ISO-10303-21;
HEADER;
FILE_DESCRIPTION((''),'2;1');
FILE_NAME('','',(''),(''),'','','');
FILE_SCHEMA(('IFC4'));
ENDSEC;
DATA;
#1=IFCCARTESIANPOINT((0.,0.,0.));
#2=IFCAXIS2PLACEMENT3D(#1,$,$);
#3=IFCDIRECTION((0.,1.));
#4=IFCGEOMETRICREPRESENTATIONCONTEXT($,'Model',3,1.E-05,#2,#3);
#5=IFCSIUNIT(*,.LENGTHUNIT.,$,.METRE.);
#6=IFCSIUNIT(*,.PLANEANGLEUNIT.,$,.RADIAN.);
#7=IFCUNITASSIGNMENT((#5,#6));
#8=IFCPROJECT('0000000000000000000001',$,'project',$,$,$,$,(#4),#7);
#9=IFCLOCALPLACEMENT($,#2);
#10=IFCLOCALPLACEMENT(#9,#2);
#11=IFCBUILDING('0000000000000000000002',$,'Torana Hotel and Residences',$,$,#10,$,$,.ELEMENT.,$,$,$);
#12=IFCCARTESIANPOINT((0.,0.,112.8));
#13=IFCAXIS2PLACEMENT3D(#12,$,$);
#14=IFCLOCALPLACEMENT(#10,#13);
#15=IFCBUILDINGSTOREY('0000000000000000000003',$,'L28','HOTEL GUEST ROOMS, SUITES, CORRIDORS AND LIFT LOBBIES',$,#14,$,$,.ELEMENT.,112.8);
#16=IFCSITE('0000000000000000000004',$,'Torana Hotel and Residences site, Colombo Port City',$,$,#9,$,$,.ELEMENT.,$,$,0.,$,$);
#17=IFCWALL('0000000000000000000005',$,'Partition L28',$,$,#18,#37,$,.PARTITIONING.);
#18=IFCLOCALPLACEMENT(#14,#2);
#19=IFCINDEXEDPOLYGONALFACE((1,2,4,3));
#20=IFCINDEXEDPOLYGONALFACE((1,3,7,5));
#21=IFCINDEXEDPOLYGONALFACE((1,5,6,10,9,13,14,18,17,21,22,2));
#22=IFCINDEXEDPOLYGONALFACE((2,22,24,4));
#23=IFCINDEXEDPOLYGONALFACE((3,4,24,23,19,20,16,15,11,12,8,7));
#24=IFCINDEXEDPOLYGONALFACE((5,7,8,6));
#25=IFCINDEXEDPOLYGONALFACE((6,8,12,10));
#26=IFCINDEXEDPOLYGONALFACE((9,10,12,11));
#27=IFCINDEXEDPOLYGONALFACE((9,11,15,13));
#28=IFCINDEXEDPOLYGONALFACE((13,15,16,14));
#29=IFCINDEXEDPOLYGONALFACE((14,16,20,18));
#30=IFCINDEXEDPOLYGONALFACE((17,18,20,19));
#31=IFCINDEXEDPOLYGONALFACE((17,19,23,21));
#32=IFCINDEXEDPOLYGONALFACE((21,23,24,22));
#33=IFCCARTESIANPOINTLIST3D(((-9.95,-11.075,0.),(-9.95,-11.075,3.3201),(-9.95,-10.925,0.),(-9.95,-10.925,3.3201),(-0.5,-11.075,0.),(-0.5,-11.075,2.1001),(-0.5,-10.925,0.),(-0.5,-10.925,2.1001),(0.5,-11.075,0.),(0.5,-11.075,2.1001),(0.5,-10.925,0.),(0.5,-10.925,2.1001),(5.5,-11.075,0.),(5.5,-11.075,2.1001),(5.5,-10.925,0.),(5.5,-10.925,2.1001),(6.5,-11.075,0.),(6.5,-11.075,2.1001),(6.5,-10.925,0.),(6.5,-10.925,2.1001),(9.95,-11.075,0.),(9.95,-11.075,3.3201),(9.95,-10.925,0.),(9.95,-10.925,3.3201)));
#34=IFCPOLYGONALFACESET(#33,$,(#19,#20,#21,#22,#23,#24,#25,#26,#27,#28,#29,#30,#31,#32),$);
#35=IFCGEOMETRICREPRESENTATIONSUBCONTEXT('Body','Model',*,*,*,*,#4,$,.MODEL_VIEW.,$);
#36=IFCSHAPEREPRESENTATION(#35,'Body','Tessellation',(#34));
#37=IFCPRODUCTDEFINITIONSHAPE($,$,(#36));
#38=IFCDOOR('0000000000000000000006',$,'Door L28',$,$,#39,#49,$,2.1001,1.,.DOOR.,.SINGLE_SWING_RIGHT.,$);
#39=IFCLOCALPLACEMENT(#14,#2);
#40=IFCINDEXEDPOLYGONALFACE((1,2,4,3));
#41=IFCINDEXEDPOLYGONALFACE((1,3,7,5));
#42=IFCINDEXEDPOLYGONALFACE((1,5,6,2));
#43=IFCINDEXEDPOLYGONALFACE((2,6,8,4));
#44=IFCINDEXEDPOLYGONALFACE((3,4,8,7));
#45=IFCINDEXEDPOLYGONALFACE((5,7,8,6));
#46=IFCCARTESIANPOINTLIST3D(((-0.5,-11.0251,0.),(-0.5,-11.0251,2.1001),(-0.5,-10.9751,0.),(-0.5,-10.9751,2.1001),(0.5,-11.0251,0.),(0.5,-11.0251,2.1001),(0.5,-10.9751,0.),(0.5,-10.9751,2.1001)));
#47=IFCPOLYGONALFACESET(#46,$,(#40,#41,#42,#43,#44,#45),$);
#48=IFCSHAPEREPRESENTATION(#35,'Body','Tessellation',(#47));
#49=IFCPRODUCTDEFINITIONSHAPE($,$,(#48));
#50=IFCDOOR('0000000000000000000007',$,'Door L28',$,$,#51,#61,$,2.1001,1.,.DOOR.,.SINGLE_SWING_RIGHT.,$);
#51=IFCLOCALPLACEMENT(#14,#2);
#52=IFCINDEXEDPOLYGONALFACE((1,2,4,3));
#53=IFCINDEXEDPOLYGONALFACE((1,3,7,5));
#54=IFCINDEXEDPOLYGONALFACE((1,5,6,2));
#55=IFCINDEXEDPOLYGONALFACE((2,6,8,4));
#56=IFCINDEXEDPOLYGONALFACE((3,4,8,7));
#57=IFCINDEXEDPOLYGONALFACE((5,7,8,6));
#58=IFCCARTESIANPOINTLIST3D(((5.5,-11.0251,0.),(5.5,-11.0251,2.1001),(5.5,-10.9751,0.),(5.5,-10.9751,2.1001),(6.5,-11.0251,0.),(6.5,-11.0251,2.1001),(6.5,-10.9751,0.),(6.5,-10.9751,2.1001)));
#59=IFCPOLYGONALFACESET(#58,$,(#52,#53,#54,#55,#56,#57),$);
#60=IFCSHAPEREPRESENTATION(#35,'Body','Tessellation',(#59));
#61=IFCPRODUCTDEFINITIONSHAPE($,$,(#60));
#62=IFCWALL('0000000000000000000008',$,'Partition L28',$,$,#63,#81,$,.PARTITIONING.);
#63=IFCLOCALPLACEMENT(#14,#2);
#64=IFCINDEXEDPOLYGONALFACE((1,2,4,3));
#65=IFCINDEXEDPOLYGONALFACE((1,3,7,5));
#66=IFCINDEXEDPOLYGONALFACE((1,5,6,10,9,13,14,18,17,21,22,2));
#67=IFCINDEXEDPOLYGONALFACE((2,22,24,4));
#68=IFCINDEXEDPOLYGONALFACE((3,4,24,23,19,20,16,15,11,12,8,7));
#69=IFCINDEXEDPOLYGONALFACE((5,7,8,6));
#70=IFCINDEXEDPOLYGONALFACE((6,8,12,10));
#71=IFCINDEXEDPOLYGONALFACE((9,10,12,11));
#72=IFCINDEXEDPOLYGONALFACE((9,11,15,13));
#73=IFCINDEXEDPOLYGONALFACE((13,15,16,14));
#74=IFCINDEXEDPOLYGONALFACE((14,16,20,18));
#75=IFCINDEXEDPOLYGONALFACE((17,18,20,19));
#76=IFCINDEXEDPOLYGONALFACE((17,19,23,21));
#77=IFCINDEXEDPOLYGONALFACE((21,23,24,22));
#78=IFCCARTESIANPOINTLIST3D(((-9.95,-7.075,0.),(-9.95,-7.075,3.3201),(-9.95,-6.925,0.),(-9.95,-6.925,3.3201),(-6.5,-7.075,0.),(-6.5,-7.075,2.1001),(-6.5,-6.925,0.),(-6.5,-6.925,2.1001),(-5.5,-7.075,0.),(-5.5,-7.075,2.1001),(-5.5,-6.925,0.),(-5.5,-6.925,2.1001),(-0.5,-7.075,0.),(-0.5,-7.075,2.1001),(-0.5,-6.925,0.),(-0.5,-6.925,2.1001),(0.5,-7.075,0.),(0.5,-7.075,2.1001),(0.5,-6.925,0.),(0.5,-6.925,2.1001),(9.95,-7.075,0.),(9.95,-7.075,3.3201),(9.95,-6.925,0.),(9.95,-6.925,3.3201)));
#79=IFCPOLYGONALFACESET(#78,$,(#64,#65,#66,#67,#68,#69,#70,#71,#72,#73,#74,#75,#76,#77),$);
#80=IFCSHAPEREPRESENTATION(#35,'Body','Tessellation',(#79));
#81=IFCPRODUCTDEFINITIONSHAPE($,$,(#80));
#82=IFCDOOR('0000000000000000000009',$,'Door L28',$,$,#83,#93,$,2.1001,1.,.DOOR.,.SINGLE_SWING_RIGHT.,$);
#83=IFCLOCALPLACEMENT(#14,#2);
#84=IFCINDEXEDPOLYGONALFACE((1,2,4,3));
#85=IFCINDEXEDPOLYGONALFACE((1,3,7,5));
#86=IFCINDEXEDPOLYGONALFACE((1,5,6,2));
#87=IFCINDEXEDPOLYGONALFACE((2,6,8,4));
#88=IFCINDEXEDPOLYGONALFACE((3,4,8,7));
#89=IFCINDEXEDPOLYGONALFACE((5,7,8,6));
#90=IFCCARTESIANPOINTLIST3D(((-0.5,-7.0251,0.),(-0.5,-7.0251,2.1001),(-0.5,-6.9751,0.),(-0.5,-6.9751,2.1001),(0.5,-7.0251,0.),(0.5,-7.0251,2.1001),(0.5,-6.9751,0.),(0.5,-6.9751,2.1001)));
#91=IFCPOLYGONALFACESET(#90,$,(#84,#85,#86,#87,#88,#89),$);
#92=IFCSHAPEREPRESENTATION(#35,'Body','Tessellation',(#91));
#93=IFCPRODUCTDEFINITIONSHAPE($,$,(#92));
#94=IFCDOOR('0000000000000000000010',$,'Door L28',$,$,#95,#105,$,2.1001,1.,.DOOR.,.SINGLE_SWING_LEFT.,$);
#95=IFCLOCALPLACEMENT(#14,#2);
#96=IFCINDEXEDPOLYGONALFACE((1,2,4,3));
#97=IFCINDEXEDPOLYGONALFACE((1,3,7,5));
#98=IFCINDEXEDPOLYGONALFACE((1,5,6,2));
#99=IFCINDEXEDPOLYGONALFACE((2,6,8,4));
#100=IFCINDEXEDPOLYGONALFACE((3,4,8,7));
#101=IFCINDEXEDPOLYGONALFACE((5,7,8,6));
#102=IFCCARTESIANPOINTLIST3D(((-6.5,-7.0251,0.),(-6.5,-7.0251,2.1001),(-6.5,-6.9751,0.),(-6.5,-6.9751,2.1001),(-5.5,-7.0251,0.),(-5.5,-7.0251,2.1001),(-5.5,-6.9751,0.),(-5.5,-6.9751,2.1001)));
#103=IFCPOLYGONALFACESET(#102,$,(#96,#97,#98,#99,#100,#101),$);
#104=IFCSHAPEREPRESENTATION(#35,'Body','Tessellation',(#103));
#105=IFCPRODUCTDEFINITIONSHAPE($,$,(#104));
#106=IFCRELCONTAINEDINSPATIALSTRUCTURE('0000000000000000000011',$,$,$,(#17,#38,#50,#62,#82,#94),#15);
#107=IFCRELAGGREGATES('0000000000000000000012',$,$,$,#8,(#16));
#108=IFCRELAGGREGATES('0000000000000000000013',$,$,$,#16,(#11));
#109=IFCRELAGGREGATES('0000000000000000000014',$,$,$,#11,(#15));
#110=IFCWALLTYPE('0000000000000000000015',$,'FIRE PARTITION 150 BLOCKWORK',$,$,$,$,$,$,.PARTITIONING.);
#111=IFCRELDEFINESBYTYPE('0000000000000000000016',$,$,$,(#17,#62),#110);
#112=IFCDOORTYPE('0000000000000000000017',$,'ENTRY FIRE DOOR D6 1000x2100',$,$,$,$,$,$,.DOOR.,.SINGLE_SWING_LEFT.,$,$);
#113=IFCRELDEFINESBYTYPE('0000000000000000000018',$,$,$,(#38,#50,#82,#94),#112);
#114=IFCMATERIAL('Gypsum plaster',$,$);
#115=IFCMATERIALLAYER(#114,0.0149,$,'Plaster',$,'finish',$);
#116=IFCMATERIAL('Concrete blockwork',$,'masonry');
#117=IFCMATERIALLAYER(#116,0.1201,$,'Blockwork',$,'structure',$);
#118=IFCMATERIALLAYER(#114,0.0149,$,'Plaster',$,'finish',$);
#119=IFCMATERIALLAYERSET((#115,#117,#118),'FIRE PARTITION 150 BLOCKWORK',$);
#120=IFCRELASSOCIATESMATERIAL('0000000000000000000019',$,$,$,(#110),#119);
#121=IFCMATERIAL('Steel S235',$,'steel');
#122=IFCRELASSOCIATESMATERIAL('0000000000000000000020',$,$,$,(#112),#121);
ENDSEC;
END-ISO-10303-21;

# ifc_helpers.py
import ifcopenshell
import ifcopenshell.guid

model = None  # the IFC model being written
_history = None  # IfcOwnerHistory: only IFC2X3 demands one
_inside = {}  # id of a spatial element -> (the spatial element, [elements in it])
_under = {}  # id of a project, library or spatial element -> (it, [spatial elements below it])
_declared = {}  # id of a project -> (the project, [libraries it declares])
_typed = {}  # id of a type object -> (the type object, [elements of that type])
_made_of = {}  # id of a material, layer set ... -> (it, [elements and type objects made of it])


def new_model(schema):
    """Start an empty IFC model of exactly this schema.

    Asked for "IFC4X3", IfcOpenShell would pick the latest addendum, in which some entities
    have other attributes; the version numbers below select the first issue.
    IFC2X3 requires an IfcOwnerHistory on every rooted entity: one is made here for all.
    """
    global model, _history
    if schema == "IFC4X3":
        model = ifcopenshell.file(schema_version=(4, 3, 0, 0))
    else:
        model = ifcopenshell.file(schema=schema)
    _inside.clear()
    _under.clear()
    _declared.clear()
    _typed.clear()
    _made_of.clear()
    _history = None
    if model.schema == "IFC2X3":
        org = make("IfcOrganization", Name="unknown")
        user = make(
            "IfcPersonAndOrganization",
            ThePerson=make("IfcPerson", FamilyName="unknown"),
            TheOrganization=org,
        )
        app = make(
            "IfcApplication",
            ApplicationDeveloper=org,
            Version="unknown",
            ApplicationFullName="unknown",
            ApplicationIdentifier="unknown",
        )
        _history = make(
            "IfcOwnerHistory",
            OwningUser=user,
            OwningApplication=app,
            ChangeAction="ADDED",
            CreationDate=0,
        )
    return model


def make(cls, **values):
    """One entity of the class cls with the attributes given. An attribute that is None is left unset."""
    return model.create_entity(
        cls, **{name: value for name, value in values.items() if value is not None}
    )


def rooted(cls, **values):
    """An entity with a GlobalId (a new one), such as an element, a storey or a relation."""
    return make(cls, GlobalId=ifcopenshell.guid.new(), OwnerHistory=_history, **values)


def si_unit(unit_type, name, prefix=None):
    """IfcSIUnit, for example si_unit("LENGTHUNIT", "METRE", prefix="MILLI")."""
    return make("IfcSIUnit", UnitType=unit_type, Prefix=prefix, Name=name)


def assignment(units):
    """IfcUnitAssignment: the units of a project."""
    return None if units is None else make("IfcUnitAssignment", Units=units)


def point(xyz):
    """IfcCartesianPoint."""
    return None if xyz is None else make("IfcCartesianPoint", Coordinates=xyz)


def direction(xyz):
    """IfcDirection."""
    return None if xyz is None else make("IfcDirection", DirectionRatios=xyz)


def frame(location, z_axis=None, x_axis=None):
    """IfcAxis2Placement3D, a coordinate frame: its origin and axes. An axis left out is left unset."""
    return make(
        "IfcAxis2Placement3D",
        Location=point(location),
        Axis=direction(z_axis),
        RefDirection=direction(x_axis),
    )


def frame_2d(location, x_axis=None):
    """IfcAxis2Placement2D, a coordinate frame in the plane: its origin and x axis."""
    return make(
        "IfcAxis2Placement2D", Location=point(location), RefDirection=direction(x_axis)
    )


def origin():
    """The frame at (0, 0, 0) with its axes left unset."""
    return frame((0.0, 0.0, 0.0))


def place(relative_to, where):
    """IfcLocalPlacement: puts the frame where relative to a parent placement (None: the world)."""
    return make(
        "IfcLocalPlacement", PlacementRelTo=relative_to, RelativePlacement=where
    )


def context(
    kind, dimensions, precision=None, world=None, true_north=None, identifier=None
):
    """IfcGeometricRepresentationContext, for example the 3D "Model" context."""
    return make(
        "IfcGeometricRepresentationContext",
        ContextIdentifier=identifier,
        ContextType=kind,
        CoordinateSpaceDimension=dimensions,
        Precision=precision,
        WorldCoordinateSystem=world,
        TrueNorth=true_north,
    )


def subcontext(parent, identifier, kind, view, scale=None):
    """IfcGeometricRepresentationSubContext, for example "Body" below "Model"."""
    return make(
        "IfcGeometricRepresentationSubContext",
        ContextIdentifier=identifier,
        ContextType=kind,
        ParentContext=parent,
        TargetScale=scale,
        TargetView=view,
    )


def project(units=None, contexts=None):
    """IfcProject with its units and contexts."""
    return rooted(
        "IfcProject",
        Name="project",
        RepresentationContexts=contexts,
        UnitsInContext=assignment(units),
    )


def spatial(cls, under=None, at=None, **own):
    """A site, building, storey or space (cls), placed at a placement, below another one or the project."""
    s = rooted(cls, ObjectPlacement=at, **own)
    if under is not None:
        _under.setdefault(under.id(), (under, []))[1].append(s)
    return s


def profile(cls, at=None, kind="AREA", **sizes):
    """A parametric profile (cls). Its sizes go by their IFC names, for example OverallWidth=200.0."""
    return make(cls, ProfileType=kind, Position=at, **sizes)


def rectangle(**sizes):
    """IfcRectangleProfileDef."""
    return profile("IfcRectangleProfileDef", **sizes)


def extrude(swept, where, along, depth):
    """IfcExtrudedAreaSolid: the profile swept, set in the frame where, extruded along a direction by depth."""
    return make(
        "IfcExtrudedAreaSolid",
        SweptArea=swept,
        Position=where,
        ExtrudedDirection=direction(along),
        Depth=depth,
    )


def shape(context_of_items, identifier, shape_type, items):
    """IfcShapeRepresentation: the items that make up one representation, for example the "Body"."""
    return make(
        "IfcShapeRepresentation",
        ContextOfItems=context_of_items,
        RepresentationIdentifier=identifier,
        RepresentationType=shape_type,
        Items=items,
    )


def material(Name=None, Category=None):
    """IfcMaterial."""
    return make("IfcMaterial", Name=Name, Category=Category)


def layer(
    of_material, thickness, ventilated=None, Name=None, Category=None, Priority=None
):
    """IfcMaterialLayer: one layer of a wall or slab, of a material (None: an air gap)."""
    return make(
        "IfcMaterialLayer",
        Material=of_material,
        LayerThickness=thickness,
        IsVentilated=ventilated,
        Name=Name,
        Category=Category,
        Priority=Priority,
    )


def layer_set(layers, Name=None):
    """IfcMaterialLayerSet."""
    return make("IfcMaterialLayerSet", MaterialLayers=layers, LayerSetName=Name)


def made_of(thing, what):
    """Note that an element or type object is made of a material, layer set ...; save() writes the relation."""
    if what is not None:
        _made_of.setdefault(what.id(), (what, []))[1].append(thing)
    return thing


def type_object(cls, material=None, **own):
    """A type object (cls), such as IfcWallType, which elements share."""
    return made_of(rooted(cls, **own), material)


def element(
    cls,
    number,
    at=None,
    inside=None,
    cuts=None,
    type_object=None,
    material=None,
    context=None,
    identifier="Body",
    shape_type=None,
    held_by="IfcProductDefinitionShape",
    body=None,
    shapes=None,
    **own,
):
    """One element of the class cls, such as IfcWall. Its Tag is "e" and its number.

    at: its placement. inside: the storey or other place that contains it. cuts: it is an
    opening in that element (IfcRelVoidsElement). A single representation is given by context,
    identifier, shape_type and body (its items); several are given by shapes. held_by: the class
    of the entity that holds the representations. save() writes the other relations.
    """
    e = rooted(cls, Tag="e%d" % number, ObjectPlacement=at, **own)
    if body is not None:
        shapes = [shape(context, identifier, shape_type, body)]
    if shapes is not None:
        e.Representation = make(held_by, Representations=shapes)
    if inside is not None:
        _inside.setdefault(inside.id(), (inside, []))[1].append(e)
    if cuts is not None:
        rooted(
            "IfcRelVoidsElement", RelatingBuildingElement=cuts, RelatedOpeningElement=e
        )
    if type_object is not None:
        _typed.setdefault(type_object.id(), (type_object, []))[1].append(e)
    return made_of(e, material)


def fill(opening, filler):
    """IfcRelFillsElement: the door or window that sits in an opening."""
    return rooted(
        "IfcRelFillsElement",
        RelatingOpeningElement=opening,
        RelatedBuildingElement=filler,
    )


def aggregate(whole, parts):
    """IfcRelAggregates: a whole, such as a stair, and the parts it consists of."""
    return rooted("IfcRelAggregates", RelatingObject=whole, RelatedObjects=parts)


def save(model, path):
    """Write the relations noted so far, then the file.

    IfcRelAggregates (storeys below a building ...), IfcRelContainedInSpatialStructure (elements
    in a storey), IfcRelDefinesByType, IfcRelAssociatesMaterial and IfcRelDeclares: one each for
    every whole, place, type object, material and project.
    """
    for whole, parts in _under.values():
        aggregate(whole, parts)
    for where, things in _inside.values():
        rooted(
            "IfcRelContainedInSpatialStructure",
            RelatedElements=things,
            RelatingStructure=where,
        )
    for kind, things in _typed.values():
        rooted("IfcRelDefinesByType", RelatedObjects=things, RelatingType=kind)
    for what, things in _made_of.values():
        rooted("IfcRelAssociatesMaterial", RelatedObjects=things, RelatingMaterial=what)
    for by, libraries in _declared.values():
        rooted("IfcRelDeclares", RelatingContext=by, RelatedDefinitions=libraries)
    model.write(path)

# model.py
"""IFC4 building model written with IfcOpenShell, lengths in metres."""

from ifc_helpers import new_model, si_unit, direction, frame, frame_2d, origin, place, context, subcontext, project, spatial, rectangle, extrude, material, layer, layer_set, type_object, element, fill, save


model = new_model("IFC4")

# Units and contexts
model_context = context("Model", 3, precision=1e-05, world=origin(), true_north=direction((0.0, 1.0)))
body_context = subcontext(model_context, "Body", "Model", "MODEL_VIEW")
ifc_project = project(units=[si_unit("LENGTHUNIT", "METRE"), si_unit("PLANEANGLEUNIT", "RADIAN")], contexts=[model_context])

# Site, building, storey
site_placement = place(None, origin())
site = spatial("IfcSite", under=ifc_project, at=site_placement, Name="Torana Hotel and Residences site, Colombo Port City", CompositionType="ELEMENT", RefElevation=0.0)
building_placement = place(site_placement, origin())
building = spatial("IfcBuilding", under=site, at=building_placement, Name="Torana Hotel and Residences", CompositionType="ELEMENT")
storey_placement = place(building_placement, frame((0.0, 0.0, 112.8)))
storey = spatial("IfcBuildingStorey", under=building, at=storey_placement, Name="L28", Description="HOTEL GUEST ROOMS, SUITES, CORRIDORS AND LIFT LOBBIES", CompositionType="ELEMENT", Elevation=112.8)

# Shared definitions
ifc_material_1 = material(Name="Gypsum plaster")
ifc_layer_1 = layer(ifc_material_1, 0.0149, Name="Plaster", Category="finish")
ifc_material_2 = material(Name="Concrete blockwork", Category="masonry")
ifc_layer_2 = layer(ifc_material_2, 0.1201, Name="Blockwork", Category="structure")
ifc_layer_3 = layer(ifc_material_1, 0.0149, Name="Plaster", Category="finish")
ifc_layer_set_1 = layer_set([ifc_layer_1, ifc_layer_2, ifc_layer_3], Name="FIRE PARTITION 150 BLOCKWORK")
wall_type_1 = type_object("IfcWallType", Name="FIRE PARTITION 150 BLOCKWORK", PredefinedType="PARTITIONING", material=ifc_layer_set_1)

# Walls, openings, doors
wall_1_placement = place(storey_placement, frame((-9.95, -11.0, 0.0), z_axis=(0.0, 0.0, 1.0), x_axis=(1.0, 0.0, 0.0)))
wall_1 = element("IfcWall", 1, at=wall_1_placement, inside=storey, type_object=wall_type_1, Name="Partition L28", PredefinedType="PARTITIONING", context=body_context, shape_type="SweptSolid", body=[
    extrude(rectangle(XDim=19.8999, YDim=0.1499, at=frame_2d((9.95, 0.0))), origin(), (0.0, 0.0, 1.0), 3.3201),
])
opening_1_placement = place(wall_1_placement, frame((9.45, 0.0, 0.0)))
opening_1 = element("IfcOpeningElement", 2, at=opening_1_placement, cuts=wall_1, PredefinedType="OPENING", context=body_context, shape_type="SweptSolid", body=[
    extrude(rectangle(XDim=1.0, YDim=2.1001, at=frame_2d((0.5, 1.05))), frame((0.0, 0.085, 0.0), z_axis=(0.0, -1.0, 0.0), x_axis=(1.0, 0.0, 0.0)), (0.0, 0.0, 1.0), 0.1699),
])
opening_2_placement = place(wall_1_placement, frame((15.45, 0.0, 0.0)))
opening_2 = element("IfcOpeningElement", 3, at=opening_2_placement, cuts=wall_1, PredefinedType="OPENING", context=body_context, shape_type="SweptSolid", body=[
    extrude(rectangle(XDim=1.0, YDim=2.1001, at=frame_2d((0.5, 1.05))), frame((0.0, 0.085, 0.0), z_axis=(0.0, -1.0, 0.0), x_axis=(1.0, 0.0, 0.0)), (0.0, 0.0, 1.0), 0.1699),
])
ifc_material_3 = material(Name="Steel S235", Category="steel")
door_type = type_object("IfcDoorType", Name="ENTRY FIRE DOOR D6 1000x2100", OperationType="SINGLE_SWING_LEFT", PredefinedType="DOOR", material=ifc_material_3)
door_1_placement = place(opening_1_placement, origin())
door_1 = element("IfcDoor", 4, at=door_1_placement, inside=storey, type_object=door_type, Name="Door L28", OperationType="SINGLE_SWING_RIGHT", OverallHeight=2.1001, OverallWidth=1.0, PredefinedType="DOOR", context=body_context, shape_type="SweptSolid", body=[
    extrude(rectangle(XDim=1.0, YDim=2.1001, at=frame_2d((0.5, 1.05))), frame((0.0, 0.0249, 0.0), z_axis=(0.0, -1.0, 0.0), x_axis=(1.0, 0.0, 0.0)), (0.0, 0.0, 1.0), 0.05),
])
fill(opening_1, door_1)
door_2_placement = place(opening_2_placement, origin())
door_2 = element("IfcDoor", 5, at=door_2_placement, inside=storey, type_object=door_type, Name="Door L28", OperationType="SINGLE_SWING_RIGHT", OverallHeight=2.1001, OverallWidth=1.0, PredefinedType="DOOR", context=body_context, shape_type="SweptSolid", body=[
    extrude(rectangle(XDim=1.0, YDim=2.1001, at=frame_2d((0.5, 1.05))), frame((0.0, 0.0249, 0.0), z_axis=(0.0, -1.0, 0.0), x_axis=(1.0, 0.0, 0.0)), (0.0, 0.0, 1.0), 0.05),
])
fill(opening_2, door_2)
wall_2_placement = place(storey_placement, frame((-9.95, -7.0, 0.0), z_axis=(0.0, 0.0, 1.0), x_axis=(1.0, 0.0, 0.0)))
wall_2 = element("IfcWall", 6, at=wall_2_placement, inside=storey, type_object=wall_type_1, Name="Partition L28", PredefinedType="PARTITIONING", context=body_context, shape_type="SweptSolid", body=[
    extrude(rectangle(XDim=19.8999, YDim=0.1499, at=frame_2d((9.95, 0.0))), origin(), (0.0, 0.0, 1.0), 3.3201),
])
opening_3_placement = place(wall_2_placement, frame((9.45, 0.0, 0.0)))
opening_3 = element("IfcOpeningElement", 7, at=opening_3_placement, cuts=wall_2, PredefinedType="OPENING", context=body_context, shape_type="SweptSolid", body=[
    extrude(rectangle(XDim=1.0, YDim=2.1001, at=frame_2d((0.5, 1.05))), frame((0.0, 0.085, 0.0), z_axis=(0.0, -1.0, 0.0), x_axis=(1.0, 0.0, 0.0)), (0.0, 0.0, 1.0), 0.1699),
])
opening_4_placement = place(wall_2_placement, frame((3.45, 0.0, 0.0)))
opening_4 = element("IfcOpeningElement", 8, at=opening_4_placement, cuts=wall_2, PredefinedType="OPENING", context=body_context, shape_type="SweptSolid", body=[
    extrude(rectangle(XDim=1.0, YDim=2.1001, at=frame_2d((0.5, 1.05))), frame((0.0, 0.085, 0.0), z_axis=(0.0, -1.0, 0.0), x_axis=(1.0, 0.0, 0.0)), (0.0, 0.0, 1.0), 0.1699),
])
door_3_placement = place(opening_3_placement, origin())
door_3 = element("IfcDoor", 9, at=door_3_placement, inside=storey, type_object=door_type, Name="Door L28", OperationType="SINGLE_SWING_RIGHT", OverallHeight=2.1001, OverallWidth=1.0, PredefinedType="DOOR", context=body_context, shape_type="SweptSolid", body=[
    extrude(rectangle(XDim=1.0, YDim=2.1001, at=frame_2d((0.5, 1.05))), frame((0.0, 0.0249, 0.0), z_axis=(0.0, -1.0, 0.0), x_axis=(1.0, 0.0, 0.0)), (0.0, 0.0, 1.0), 0.05),
])
fill(opening_3, door_3)
door_4_placement = place(opening_4_placement, frame((0.5, 0.0, 0.0), z_axis=(0.0, 0.0, 1.0), x_axis=(-1.0, 0.0, 0.0)))
door_4 = element("IfcDoor", 10, at=door_4_placement, inside=storey, type_object=door_type, Name="Door L28", OperationType="SINGLE_SWING_LEFT", OverallHeight=2.1001, OverallWidth=1.0, PredefinedType="DOOR", context=body_context, shape_type="SweptSolid", body=[
    extrude(rectangle(XDim=1.0, YDim=2.1001, at=frame_2d((0.0, 1.05))), frame((0.0, -0.0249, 0.0), z_axis=(0.0, 1.0, 0.0), x_axis=(-1.0, 0.0, 0.0)), (0.0, 0.0, 1.0), 0.05),
])
fill(opening_4, door_4)

save(model, "model.ifc")
